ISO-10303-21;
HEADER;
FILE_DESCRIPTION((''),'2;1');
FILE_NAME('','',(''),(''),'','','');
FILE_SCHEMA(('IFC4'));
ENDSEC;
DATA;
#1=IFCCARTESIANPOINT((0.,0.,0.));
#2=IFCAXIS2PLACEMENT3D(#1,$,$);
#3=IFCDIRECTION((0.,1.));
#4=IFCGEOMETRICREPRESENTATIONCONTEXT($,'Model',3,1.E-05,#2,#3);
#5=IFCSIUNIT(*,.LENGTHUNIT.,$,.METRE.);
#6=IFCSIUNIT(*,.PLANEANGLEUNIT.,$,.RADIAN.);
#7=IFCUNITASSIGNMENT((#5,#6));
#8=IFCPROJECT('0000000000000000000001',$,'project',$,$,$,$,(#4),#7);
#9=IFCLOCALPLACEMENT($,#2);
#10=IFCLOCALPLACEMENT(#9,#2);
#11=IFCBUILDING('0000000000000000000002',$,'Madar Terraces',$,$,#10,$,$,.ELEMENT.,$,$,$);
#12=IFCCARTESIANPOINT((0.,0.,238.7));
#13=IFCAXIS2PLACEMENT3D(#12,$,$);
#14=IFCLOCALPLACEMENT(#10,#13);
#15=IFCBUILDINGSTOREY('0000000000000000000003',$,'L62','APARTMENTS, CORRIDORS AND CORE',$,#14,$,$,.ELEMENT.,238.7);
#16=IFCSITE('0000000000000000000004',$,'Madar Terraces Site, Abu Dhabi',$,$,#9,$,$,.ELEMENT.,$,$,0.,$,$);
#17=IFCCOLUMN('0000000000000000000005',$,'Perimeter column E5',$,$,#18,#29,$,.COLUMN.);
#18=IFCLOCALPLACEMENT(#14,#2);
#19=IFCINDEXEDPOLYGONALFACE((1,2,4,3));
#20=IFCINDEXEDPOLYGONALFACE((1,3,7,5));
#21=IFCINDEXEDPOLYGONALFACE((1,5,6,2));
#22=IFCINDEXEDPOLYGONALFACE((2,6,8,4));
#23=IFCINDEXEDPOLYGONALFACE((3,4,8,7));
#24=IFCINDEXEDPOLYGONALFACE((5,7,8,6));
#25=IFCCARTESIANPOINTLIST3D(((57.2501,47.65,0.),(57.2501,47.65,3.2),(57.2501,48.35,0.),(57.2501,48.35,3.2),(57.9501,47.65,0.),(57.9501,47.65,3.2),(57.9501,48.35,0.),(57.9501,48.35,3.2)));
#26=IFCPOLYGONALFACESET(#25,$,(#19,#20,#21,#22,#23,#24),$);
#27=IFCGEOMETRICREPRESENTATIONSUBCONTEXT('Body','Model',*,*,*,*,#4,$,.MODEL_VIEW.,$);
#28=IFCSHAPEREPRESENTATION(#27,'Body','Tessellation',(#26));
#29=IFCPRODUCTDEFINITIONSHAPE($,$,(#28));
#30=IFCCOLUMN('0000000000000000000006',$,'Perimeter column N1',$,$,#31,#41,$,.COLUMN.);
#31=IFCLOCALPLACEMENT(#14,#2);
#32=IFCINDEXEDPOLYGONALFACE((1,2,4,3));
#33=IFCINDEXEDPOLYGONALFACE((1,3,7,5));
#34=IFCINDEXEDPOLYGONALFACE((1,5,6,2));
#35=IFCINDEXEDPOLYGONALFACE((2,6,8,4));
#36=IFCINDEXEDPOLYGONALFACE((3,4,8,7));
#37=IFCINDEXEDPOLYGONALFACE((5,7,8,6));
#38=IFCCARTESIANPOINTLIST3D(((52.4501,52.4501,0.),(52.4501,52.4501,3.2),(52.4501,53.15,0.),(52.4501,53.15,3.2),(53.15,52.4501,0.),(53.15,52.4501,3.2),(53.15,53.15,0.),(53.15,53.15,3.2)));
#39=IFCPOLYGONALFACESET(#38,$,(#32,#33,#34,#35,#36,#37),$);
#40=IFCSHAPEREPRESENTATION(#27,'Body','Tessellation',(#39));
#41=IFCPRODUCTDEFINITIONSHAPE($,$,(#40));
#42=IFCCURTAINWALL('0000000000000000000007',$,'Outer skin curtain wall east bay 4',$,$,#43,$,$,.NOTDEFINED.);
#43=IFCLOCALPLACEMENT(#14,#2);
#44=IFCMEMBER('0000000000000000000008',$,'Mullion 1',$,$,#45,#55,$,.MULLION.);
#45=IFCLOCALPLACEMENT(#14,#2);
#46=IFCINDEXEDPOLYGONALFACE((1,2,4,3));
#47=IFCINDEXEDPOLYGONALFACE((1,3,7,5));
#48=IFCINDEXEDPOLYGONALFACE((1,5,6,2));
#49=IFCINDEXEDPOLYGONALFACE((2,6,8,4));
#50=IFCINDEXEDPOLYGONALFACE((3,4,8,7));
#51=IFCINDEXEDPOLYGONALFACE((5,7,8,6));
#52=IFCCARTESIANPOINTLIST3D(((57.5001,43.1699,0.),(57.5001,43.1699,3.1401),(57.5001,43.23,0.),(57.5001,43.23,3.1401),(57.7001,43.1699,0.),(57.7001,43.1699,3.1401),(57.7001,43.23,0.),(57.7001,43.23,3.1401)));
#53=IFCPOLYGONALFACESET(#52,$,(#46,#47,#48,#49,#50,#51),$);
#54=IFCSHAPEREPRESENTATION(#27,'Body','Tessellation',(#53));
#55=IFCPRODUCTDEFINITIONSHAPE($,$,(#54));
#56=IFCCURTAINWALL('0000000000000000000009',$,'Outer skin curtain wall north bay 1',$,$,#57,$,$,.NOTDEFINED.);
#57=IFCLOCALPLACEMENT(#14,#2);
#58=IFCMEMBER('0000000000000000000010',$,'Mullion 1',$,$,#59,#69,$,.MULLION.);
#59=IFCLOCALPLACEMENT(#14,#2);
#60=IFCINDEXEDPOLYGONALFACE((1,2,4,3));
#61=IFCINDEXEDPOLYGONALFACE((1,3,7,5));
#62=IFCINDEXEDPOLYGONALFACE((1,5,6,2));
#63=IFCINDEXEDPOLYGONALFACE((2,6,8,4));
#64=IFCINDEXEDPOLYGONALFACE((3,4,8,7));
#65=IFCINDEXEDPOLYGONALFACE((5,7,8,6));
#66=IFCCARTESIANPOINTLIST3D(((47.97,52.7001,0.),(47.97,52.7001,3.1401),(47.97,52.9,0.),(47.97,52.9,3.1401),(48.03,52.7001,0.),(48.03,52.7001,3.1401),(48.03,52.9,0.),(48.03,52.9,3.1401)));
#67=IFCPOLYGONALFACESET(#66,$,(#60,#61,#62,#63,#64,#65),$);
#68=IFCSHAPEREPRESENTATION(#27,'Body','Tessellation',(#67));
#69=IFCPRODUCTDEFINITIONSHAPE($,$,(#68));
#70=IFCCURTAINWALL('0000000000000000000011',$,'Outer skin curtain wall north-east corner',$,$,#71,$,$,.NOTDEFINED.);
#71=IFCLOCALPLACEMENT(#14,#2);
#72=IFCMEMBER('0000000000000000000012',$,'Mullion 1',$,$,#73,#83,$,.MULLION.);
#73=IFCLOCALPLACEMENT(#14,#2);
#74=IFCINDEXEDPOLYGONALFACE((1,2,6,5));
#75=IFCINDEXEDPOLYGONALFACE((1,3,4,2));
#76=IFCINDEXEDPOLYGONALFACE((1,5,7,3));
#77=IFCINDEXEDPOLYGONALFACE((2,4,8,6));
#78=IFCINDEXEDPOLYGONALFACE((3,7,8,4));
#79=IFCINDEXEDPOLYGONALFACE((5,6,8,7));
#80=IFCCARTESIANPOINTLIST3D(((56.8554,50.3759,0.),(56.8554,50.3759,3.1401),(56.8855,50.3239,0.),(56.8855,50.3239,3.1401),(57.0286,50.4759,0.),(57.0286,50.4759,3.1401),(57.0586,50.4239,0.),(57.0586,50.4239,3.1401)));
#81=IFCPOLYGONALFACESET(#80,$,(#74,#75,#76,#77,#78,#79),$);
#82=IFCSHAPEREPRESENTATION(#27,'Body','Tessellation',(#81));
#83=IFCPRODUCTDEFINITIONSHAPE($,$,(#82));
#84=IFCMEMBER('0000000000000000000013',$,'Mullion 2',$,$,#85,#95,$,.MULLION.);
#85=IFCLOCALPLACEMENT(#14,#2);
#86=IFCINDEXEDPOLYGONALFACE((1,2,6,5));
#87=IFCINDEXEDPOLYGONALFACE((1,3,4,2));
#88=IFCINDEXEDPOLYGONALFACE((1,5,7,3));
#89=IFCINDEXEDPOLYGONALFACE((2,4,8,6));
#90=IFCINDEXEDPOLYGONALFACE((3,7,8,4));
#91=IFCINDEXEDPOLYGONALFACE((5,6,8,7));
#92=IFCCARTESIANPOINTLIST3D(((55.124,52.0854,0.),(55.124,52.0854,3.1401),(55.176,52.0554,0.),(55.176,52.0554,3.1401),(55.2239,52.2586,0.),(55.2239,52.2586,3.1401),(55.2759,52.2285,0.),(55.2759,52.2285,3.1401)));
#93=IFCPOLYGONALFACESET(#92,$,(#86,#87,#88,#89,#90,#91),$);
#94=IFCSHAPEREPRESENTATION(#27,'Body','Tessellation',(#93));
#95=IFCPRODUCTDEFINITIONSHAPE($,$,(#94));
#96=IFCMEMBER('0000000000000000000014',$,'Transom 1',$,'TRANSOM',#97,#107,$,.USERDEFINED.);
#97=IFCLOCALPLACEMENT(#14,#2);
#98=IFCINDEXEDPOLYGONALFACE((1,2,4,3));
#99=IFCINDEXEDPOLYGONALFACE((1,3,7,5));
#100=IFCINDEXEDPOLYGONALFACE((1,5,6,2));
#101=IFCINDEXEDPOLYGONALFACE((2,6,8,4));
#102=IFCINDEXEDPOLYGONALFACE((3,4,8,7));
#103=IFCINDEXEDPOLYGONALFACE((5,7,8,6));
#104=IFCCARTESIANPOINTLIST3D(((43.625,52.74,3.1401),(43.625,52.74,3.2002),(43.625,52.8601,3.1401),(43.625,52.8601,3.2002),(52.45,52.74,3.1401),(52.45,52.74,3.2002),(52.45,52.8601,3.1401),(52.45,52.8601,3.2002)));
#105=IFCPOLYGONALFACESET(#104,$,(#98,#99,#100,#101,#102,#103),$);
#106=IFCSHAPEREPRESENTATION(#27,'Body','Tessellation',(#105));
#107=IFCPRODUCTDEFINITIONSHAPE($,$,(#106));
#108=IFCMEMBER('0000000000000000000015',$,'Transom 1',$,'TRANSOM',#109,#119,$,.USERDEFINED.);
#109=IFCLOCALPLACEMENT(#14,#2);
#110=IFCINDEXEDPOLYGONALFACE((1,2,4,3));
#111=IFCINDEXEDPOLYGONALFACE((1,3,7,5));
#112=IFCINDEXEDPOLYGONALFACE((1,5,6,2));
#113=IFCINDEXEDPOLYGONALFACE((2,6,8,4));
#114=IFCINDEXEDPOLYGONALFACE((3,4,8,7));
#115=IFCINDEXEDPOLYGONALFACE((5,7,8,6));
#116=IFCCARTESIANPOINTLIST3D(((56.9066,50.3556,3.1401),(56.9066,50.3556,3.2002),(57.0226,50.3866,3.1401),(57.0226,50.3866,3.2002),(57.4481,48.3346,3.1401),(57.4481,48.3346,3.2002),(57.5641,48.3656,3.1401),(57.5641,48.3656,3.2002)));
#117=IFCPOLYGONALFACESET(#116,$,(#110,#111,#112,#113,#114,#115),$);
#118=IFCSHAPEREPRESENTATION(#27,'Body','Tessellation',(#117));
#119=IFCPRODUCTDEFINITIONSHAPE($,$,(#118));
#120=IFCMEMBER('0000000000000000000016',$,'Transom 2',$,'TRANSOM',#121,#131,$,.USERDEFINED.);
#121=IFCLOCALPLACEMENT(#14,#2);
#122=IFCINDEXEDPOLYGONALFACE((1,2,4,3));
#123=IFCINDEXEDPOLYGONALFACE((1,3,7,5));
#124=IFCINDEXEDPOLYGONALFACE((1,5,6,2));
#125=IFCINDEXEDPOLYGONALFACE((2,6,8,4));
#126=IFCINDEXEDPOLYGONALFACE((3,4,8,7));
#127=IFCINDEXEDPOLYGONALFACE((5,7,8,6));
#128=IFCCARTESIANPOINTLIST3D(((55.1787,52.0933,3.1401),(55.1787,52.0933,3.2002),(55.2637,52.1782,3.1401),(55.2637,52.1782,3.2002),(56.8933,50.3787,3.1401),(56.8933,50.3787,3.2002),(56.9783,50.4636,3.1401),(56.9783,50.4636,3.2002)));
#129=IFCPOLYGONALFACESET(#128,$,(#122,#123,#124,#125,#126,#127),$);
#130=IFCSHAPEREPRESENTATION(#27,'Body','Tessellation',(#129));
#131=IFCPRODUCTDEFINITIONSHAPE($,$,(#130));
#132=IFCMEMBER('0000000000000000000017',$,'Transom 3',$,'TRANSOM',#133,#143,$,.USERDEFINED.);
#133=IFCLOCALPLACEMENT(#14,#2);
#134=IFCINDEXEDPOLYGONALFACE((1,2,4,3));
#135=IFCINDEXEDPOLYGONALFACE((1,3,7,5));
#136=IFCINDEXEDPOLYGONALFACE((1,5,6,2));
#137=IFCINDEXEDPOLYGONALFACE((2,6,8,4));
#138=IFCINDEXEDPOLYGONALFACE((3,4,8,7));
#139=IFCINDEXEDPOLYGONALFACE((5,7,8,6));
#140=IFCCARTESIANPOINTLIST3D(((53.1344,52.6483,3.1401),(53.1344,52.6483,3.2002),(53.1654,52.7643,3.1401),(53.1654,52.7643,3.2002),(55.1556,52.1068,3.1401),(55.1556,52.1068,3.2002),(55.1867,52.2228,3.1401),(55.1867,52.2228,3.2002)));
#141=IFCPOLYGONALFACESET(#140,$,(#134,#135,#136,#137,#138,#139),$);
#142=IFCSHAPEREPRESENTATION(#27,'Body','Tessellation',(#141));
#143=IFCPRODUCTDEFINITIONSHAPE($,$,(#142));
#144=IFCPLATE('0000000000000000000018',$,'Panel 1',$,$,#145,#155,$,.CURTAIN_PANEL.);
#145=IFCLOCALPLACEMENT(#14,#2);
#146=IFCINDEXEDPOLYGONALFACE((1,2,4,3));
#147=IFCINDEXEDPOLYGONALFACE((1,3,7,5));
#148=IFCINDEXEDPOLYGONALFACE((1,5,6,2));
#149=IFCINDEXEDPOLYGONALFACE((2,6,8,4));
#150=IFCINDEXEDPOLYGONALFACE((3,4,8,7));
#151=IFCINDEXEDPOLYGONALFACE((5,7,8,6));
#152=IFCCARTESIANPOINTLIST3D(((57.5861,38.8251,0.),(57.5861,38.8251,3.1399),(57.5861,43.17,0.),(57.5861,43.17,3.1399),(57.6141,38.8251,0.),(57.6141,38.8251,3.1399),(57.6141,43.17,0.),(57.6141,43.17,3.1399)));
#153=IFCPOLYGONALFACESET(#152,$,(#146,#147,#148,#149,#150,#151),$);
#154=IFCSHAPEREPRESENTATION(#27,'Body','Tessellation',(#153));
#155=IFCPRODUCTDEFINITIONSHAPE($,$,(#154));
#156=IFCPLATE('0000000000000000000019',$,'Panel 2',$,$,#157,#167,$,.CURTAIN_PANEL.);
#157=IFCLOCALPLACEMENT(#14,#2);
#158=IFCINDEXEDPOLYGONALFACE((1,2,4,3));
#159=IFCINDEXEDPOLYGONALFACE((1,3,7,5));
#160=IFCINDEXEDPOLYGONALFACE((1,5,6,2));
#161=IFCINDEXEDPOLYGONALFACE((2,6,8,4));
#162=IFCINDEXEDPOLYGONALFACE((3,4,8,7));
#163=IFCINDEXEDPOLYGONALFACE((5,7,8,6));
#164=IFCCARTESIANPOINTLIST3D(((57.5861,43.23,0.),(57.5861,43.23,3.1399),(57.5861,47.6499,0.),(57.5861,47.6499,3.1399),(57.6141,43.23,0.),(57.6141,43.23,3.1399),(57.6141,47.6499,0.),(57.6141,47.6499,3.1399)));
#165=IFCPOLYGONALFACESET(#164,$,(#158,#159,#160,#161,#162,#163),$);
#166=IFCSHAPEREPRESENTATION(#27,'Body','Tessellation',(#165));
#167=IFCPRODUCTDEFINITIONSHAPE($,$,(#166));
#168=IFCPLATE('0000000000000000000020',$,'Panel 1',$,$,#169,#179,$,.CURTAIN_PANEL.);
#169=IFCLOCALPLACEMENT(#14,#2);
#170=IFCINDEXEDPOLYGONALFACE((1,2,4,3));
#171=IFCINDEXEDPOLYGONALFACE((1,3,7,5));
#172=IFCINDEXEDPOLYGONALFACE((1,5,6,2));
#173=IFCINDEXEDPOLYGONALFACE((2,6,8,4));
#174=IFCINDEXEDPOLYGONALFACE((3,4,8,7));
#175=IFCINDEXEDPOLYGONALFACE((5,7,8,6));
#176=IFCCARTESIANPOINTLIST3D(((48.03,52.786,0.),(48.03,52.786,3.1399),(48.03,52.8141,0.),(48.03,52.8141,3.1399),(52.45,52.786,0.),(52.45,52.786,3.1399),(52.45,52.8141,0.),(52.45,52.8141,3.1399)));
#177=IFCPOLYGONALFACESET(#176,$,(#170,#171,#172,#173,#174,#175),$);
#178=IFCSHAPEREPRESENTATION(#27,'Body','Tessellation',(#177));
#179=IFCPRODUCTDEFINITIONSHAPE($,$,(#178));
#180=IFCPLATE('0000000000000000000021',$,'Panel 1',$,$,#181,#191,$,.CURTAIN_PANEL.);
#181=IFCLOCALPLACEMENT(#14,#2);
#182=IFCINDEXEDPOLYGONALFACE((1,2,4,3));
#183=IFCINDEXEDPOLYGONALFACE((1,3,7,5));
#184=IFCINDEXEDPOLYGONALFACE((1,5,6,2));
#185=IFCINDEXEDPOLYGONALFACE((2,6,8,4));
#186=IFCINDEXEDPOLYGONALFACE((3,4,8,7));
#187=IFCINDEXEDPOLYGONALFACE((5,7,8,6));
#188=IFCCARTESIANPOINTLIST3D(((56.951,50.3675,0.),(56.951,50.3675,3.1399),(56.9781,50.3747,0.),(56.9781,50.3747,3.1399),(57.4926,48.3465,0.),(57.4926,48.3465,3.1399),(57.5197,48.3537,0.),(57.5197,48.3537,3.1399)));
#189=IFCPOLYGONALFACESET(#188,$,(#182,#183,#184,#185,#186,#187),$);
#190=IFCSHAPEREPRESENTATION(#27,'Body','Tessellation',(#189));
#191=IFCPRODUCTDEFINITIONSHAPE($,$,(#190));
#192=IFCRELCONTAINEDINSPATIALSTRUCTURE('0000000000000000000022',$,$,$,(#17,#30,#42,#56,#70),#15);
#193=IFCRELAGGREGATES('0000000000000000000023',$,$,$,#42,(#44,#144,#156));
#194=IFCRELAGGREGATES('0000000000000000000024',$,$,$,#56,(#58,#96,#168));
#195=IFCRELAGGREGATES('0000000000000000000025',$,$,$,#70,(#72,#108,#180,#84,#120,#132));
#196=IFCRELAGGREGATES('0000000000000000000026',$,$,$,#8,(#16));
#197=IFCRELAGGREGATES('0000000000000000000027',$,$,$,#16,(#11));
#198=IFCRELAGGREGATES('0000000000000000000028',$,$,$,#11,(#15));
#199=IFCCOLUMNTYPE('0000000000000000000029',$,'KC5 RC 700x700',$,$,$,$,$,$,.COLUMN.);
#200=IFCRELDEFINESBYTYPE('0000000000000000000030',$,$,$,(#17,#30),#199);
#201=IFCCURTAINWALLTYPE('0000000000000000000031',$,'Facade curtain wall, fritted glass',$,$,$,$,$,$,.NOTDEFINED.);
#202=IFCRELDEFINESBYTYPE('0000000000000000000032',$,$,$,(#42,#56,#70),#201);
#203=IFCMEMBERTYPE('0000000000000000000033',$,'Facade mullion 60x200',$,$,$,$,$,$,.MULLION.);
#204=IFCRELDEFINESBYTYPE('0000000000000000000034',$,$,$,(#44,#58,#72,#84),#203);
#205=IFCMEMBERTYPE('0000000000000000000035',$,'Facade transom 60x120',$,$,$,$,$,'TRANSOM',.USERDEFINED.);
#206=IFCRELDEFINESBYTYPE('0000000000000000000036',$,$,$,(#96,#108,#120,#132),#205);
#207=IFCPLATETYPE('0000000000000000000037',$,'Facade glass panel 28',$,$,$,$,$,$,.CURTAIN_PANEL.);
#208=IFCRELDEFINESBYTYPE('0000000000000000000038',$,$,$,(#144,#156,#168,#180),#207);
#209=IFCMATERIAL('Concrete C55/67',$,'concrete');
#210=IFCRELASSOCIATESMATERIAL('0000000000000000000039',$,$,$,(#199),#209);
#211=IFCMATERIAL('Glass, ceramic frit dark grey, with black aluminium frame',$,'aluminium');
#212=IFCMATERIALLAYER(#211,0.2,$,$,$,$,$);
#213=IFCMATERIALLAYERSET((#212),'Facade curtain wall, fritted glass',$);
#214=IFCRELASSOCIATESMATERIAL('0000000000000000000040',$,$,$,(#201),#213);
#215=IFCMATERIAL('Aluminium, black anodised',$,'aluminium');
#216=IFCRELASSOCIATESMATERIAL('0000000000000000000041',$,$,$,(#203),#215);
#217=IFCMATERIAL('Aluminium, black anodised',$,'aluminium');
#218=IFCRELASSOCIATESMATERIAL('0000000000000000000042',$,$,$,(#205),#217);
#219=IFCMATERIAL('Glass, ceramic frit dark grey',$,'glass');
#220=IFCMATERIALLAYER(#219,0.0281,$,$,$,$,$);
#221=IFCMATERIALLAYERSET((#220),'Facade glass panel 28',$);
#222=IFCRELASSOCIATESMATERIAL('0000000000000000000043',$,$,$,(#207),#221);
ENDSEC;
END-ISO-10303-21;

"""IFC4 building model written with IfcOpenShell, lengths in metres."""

from ifc_helpers import new_model, si_unit, direction, frame, origin, origin_2d, place, context, subcontext, project, spatial, rectangle, extrude, material, layer, layer_set, material_profile, profile_set, type_object, element, aggregate, save


model = new_model("IFC4")

# Units and contexts
model_context = context("Model", 3, precision=1e-05, world=origin(), true_north=direction((0.0, 1.0)))
body_context = subcontext(model_context, "Body", "Model", "MODEL_VIEW")
ifc_project = project(units=[si_unit("LENGTHUNIT", "METRE"), si_unit("PLANEANGLEUNIT", "RADIAN")], contexts=[model_context])

# Site, building, storey
site_placement = place(None, origin())
site = spatial("IfcSite", under=ifc_project, at=site_placement, Name="Madar Terraces Site, Abu Dhabi", CompositionType="ELEMENT", RefElevation=0.0)
building_placement = place(site_placement, origin())
building = spatial("IfcBuilding", under=site, at=building_placement, Name="Madar Terraces", CompositionType="ELEMENT")
storey_placement = place(building_placement, frame((0.0, 0.0, 238.7)))
storey = spatial("IfcBuildingStorey", under=building, at=storey_placement, Name="L62", Description="APARTMENTS, CORRIDORS AND CORE", CompositionType="ELEMENT", Elevation=238.7)

# Columns
ifc_material_1 = material(Name="Concrete C55/67", Category="concrete")
ifc_material_profile_1 = material_profile(ifc_material_1, rectangle(XDim=0.7, YDim=0.7, at=origin_2d()), Name="KC5 RC 700x700")
ifc_profile_set_1 = profile_set([ifc_material_profile_1], Name="Concrete C55/67")
column_type = type_object("IfcColumnType", Name="KC5 RC 700x700", PredefinedType="COLUMN", material=ifc_profile_set_1)
for number, where, z_axis, x_axis, name in (
    (1, (57.6001, 48.0, 0.0), (0.0, 0.0, 1.0), (1.0, 0.0, 0.0), "Perimeter column E5"),
    (2, (52.8, 52.8, 0.0), (0.0, 0.0, 1.0), (1.0, 0.0, 0.0), "Perimeter column N1"),
):
    element("IfcColumn", number, at=place(storey_placement, frame(where, z_axis=z_axis, x_axis=x_axis)), inside=storey, type_object=column_type, Name=name, PredefinedType="COLUMN", context=body_context, shape_type="SweptSolid", body=[
        extrude(rectangle(XDim=0.7, YDim=0.7, at=origin_2d()), origin(), (0.0, 0.0, 1.0), 3.2),
    ])

# Curtain walls, members
ifc_material_2 = material(Name="Glass, ceramic frit dark grey, with black aluminium frame", Category="aluminium")
ifc_layer_1 = layer(ifc_material_2, 0.2)
ifc_layer_set_1 = layer_set([ifc_layer_1], Name="Facade curtain wall, fritted glass")
curtain_wall_type = type_object("IfcCurtainWallType", Name="Facade curtain wall, fritted glass", PredefinedType="NOTDEFINED", material=ifc_layer_set_1)
curtain_wall_1_placement = place(storey_placement, origin())
curtain_wall_1 = element("IfcCurtainWall", 3, at=curtain_wall_1_placement, inside=storey, type_object=curtain_wall_type, Name="Outer skin curtain wall east bay 4", PredefinedType="NOTDEFINED")
ifc_material_3 = material(Name="Aluminium, black anodised", Category="aluminium")
ifc_material_profile_2 = material_profile(ifc_material_3, rectangle(XDim=0.2, YDim=0.0601, at=origin_2d()), Name="Facade mullion 60x200")
ifc_profile_set_2 = profile_set([ifc_material_profile_2], Name="Aluminium, black anodised")
member_type_1 = type_object("IfcMemberType", Name="Facade mullion 60x200", PredefinedType="MULLION", material=ifc_profile_set_2)
member_1_placement = place(storey_placement, frame((57.6001, 43.2, 0.0), z_axis=(0.0, 0.0, 1.0), x_axis=(-1.0, 0.0, 0.0)))
member_1 = element("IfcMember", 4, at=member_1_placement, type_object=member_type_1, Name="Mullion 1", PredefinedType="MULLION", context=body_context, shape_type="SweptSolid", body=[
    extrude(rectangle(XDim=0.2, YDim=0.0601, at=origin_2d()), origin(), (0.0, 0.0, 1.0), 3.1401),
])
curtain_wall_2_placement = place(storey_placement, origin())
curtain_wall_2 = element("IfcCurtainWall", 5, at=curtain_wall_2_placement, inside=storey, type_object=curtain_wall_type, Name="Outer skin curtain wall north bay 1", PredefinedType="NOTDEFINED")
member_2_placement = place(storey_placement, frame((48.0, 52.8, 0.0), z_axis=(0.0, 0.0, 1.0), x_axis=(0.0, -1.0, 0.0)))
member_2 = element("IfcMember", 6, at=member_2_placement, type_object=member_type_1, Name="Mullion 1", PredefinedType="MULLION", context=body_context, shape_type="SweptSolid", body=[
    extrude(rectangle(XDim=0.2, YDim=0.0601, at=origin_2d()), origin(), (0.0, 0.0, 1.0), 3.1401),
])

# Curtain wall, members
curtain_wall_3_placement = place(storey_placement, origin())
curtain_wall_3 = element("IfcCurtainWall", 7, at=curtain_wall_3_placement, inside=storey, type_object=curtain_wall_type, Name="Outer skin curtain wall north-east corner", PredefinedType="NOTDEFINED")
member_3_placement = place(storey_placement, frame((56.957, 50.3999, 0.0), z_axis=(0.0, 0.0, 1.0), x_axis=(-0.866025, -0.5, 0.0)))
member_3 = element("IfcMember", 8, at=member_3_placement, type_object=member_type_1, Name="Mullion 1", PredefinedType="MULLION", context=body_context, shape_type="SweptSolid", body=[
    extrude(rectangle(XDim=0.2, YDim=0.0601, at=origin_2d()), origin(), (0.0, 0.0, 1.0), 3.1401),
])
member_4_placement = place(storey_placement, frame((55.2, 52.157, 0.0), z_axis=(0.0, 0.0, 1.0), x_axis=(-0.5, -0.866025, 0.0)))
member_4 = element("IfcMember", 9, at=member_4_placement, type_object=member_type_1, Name="Mullion 2", PredefinedType="MULLION", context=body_context, shape_type="SweptSolid", body=[
    extrude(rectangle(XDim=0.2, YDim=0.0601, at=origin_2d()), origin(), (0.0, 0.0, 1.0), 3.1401),
])

# Members
ifc_material_4 = material(Name="Aluminium, black anodised", Category="aluminium")
ifc_material_profile_3 = material_profile(ifc_material_4, rectangle(XDim=0.1201, YDim=0.0601, at=origin_2d()), Name="Facade transom 60x120")
ifc_profile_set_3 = profile_set([ifc_material_profile_3], Name="Aluminium, black anodised")
member_type_2 = type_object("IfcMemberType", Name="Facade transom 60x120", ElementType="TRANSOM", PredefinedType="USERDEFINED", material=ifc_profile_set_3)
member_5_placement = place(storey_placement, frame((52.45, 52.8, 3.1702), z_axis=(-1.0, 0.0, 0.0), x_axis=(0.0, -1.0, 0.0)))
member_5 = element("IfcMember", 10, at=member_5_placement, type_object=member_type_2, Name="Transom 1", ObjectType="TRANSOM", PredefinedType="USERDEFINED", context=body_context, shape_type="SweptSolid", body=[
    extrude(rectangle(XDim=0.1201, YDim=0.0601, at=origin_2d()), origin(), (0.0, 0.0, 1.0), 8.825),
])
member_6_placement = place(storey_placement, frame((57.5061, 48.3501, 3.1702), z_axis=(-0.25881, 0.965928, 0.0), x_axis=(-0.965928, -0.25881, 0.0)))
member_6 = element("IfcMember", 11, at=member_6_placement, type_object=member_type_2, Name="Transom 1", ObjectType="TRANSOM", PredefinedType="USERDEFINED", context=body_context, shape_type="SweptSolid", body=[
    extrude(rectangle(XDim=0.1201, YDim=0.0601, at=origin_2d()), origin(), (0.0, 0.0, 1.0), 2.0923),
])
member_7_placement = place(storey_placement, frame((56.9358, 50.4211, 3.1702), z_axis=(-0.707107, 0.707107, 0.0), x_axis=(-0.707107, -0.707107, 0.0)))
member_7 = element("IfcMember", 12, at=member_7_placement, type_object=member_type_2, Name="Transom 2", ObjectType="TRANSOM", PredefinedType="USERDEFINED", context=body_context, shape_type="SweptSolid", body=[
    extrude(rectangle(XDim=0.1201, YDim=0.0601, at=origin_2d()), origin(), (0.0, 0.0, 1.0), 2.4248),
])
member_8_placement = place(storey_placement, frame((55.1711, 52.1648, 3.1702), z_axis=(-0.965936, 0.258781, 0.0), x_axis=(-0.258781, -0.965936, 0.0)))
member_8 = element("IfcMember", 13, at=member_8_placement, type_object=member_type_2, Name="Transom 3", ObjectType="TRANSOM", PredefinedType="USERDEFINED", context=body_context, shape_type="SweptSolid", body=[
    extrude(rectangle(XDim=0.1201, YDim=0.0601, at=origin_2d()), origin(), (0.0, 0.0, 1.0), 2.0925),
])

# Plates
ifc_material_5 = material(Name="Glass, ceramic frit dark grey", Category="glass")
ifc_layer_2 = layer(ifc_material_5, 0.0281)
ifc_layer_set_2 = layer_set([ifc_layer_2], Name="Facade glass panel 28")
plate_type = type_object("IfcPlateType", Name="Facade glass panel 28", PredefinedType="CURTAIN_PANEL", material=ifc_layer_set_2)
plate_1_placement = place(storey_placement, frame((57.6001, 40.9976, 0.0), z_axis=(0.0, 0.0, 1.0), x_axis=(0.0, 1.0, 0.0)))
plate_1 = element("IfcPlate", 14, at=plate_1_placement, type_object=plate_type, Name="Panel 1", PredefinedType="CURTAIN_PANEL", context=body_context, shape_type="SweptSolid", body=[
    extrude(rectangle(XDim=4.345, YDim=0.0281, at=origin_2d()), origin(), (0.0, 0.0, 1.0), 3.1399),
])
plate_2_placement = place(storey_placement, frame((57.6001, 45.4399, 0.0), z_axis=(0.0, 0.0, 1.0), x_axis=(0.0, 1.0, 0.0)))
plate_2 = element("IfcPlate", 15, at=plate_2_placement, type_object=plate_type, Name="Panel 2", PredefinedType="CURTAIN_PANEL", context=body_context, shape_type="SweptSolid", body=[
    extrude(rectangle(XDim=4.4199, YDim=0.0281, at=origin_2d()), origin(), (0.0, 0.0, 1.0), 3.1399),
])
aggregate(curtain_wall_1, [member_1, plate_1, plate_2])
plate_3_placement = place(storey_placement, frame((50.24, 52.8, 0.0), z_axis=(0.0, 0.0, 1.0), x_axis=(-1.0, 0.0, 0.0)))
plate_3 = element("IfcPlate", 16, at=plate_3_placement, type_object=plate_type, Name="Panel 1", PredefinedType="CURTAIN_PANEL", context=body_context, shape_type="SweptSolid", body=[
    extrude(rectangle(XDim=4.4199, YDim=0.0281, at=origin_2d()), origin(), (0.0, 0.0, 1.0), 3.1399),
])
aggregate(curtain_wall_2, [member_2, member_5, plate_3])
plate_4_placement = place(storey_placement, frame((57.2354, 49.3606, 0.0), z_axis=(0.0, 0.0, 1.0), x_axis=(-0.258819, 0.965926, 0.0)))
plate_4 = element("IfcPlate", 17, at=plate_4_placement, type_object=plate_type, Name="Panel 1", PredefinedType="CURTAIN_PANEL", context=body_context, shape_type="SweptSolid", body=[
    extrude(rectangle(XDim=2.0923, YDim=0.0281, at=origin_2d()), origin(), (0.0, 0.0, 1.0), 3.1399),
])
aggregate(curtain_wall_3, [member_3, member_6, plate_4, member_4, member_7, member_8])

save(model, "model.ifc")
